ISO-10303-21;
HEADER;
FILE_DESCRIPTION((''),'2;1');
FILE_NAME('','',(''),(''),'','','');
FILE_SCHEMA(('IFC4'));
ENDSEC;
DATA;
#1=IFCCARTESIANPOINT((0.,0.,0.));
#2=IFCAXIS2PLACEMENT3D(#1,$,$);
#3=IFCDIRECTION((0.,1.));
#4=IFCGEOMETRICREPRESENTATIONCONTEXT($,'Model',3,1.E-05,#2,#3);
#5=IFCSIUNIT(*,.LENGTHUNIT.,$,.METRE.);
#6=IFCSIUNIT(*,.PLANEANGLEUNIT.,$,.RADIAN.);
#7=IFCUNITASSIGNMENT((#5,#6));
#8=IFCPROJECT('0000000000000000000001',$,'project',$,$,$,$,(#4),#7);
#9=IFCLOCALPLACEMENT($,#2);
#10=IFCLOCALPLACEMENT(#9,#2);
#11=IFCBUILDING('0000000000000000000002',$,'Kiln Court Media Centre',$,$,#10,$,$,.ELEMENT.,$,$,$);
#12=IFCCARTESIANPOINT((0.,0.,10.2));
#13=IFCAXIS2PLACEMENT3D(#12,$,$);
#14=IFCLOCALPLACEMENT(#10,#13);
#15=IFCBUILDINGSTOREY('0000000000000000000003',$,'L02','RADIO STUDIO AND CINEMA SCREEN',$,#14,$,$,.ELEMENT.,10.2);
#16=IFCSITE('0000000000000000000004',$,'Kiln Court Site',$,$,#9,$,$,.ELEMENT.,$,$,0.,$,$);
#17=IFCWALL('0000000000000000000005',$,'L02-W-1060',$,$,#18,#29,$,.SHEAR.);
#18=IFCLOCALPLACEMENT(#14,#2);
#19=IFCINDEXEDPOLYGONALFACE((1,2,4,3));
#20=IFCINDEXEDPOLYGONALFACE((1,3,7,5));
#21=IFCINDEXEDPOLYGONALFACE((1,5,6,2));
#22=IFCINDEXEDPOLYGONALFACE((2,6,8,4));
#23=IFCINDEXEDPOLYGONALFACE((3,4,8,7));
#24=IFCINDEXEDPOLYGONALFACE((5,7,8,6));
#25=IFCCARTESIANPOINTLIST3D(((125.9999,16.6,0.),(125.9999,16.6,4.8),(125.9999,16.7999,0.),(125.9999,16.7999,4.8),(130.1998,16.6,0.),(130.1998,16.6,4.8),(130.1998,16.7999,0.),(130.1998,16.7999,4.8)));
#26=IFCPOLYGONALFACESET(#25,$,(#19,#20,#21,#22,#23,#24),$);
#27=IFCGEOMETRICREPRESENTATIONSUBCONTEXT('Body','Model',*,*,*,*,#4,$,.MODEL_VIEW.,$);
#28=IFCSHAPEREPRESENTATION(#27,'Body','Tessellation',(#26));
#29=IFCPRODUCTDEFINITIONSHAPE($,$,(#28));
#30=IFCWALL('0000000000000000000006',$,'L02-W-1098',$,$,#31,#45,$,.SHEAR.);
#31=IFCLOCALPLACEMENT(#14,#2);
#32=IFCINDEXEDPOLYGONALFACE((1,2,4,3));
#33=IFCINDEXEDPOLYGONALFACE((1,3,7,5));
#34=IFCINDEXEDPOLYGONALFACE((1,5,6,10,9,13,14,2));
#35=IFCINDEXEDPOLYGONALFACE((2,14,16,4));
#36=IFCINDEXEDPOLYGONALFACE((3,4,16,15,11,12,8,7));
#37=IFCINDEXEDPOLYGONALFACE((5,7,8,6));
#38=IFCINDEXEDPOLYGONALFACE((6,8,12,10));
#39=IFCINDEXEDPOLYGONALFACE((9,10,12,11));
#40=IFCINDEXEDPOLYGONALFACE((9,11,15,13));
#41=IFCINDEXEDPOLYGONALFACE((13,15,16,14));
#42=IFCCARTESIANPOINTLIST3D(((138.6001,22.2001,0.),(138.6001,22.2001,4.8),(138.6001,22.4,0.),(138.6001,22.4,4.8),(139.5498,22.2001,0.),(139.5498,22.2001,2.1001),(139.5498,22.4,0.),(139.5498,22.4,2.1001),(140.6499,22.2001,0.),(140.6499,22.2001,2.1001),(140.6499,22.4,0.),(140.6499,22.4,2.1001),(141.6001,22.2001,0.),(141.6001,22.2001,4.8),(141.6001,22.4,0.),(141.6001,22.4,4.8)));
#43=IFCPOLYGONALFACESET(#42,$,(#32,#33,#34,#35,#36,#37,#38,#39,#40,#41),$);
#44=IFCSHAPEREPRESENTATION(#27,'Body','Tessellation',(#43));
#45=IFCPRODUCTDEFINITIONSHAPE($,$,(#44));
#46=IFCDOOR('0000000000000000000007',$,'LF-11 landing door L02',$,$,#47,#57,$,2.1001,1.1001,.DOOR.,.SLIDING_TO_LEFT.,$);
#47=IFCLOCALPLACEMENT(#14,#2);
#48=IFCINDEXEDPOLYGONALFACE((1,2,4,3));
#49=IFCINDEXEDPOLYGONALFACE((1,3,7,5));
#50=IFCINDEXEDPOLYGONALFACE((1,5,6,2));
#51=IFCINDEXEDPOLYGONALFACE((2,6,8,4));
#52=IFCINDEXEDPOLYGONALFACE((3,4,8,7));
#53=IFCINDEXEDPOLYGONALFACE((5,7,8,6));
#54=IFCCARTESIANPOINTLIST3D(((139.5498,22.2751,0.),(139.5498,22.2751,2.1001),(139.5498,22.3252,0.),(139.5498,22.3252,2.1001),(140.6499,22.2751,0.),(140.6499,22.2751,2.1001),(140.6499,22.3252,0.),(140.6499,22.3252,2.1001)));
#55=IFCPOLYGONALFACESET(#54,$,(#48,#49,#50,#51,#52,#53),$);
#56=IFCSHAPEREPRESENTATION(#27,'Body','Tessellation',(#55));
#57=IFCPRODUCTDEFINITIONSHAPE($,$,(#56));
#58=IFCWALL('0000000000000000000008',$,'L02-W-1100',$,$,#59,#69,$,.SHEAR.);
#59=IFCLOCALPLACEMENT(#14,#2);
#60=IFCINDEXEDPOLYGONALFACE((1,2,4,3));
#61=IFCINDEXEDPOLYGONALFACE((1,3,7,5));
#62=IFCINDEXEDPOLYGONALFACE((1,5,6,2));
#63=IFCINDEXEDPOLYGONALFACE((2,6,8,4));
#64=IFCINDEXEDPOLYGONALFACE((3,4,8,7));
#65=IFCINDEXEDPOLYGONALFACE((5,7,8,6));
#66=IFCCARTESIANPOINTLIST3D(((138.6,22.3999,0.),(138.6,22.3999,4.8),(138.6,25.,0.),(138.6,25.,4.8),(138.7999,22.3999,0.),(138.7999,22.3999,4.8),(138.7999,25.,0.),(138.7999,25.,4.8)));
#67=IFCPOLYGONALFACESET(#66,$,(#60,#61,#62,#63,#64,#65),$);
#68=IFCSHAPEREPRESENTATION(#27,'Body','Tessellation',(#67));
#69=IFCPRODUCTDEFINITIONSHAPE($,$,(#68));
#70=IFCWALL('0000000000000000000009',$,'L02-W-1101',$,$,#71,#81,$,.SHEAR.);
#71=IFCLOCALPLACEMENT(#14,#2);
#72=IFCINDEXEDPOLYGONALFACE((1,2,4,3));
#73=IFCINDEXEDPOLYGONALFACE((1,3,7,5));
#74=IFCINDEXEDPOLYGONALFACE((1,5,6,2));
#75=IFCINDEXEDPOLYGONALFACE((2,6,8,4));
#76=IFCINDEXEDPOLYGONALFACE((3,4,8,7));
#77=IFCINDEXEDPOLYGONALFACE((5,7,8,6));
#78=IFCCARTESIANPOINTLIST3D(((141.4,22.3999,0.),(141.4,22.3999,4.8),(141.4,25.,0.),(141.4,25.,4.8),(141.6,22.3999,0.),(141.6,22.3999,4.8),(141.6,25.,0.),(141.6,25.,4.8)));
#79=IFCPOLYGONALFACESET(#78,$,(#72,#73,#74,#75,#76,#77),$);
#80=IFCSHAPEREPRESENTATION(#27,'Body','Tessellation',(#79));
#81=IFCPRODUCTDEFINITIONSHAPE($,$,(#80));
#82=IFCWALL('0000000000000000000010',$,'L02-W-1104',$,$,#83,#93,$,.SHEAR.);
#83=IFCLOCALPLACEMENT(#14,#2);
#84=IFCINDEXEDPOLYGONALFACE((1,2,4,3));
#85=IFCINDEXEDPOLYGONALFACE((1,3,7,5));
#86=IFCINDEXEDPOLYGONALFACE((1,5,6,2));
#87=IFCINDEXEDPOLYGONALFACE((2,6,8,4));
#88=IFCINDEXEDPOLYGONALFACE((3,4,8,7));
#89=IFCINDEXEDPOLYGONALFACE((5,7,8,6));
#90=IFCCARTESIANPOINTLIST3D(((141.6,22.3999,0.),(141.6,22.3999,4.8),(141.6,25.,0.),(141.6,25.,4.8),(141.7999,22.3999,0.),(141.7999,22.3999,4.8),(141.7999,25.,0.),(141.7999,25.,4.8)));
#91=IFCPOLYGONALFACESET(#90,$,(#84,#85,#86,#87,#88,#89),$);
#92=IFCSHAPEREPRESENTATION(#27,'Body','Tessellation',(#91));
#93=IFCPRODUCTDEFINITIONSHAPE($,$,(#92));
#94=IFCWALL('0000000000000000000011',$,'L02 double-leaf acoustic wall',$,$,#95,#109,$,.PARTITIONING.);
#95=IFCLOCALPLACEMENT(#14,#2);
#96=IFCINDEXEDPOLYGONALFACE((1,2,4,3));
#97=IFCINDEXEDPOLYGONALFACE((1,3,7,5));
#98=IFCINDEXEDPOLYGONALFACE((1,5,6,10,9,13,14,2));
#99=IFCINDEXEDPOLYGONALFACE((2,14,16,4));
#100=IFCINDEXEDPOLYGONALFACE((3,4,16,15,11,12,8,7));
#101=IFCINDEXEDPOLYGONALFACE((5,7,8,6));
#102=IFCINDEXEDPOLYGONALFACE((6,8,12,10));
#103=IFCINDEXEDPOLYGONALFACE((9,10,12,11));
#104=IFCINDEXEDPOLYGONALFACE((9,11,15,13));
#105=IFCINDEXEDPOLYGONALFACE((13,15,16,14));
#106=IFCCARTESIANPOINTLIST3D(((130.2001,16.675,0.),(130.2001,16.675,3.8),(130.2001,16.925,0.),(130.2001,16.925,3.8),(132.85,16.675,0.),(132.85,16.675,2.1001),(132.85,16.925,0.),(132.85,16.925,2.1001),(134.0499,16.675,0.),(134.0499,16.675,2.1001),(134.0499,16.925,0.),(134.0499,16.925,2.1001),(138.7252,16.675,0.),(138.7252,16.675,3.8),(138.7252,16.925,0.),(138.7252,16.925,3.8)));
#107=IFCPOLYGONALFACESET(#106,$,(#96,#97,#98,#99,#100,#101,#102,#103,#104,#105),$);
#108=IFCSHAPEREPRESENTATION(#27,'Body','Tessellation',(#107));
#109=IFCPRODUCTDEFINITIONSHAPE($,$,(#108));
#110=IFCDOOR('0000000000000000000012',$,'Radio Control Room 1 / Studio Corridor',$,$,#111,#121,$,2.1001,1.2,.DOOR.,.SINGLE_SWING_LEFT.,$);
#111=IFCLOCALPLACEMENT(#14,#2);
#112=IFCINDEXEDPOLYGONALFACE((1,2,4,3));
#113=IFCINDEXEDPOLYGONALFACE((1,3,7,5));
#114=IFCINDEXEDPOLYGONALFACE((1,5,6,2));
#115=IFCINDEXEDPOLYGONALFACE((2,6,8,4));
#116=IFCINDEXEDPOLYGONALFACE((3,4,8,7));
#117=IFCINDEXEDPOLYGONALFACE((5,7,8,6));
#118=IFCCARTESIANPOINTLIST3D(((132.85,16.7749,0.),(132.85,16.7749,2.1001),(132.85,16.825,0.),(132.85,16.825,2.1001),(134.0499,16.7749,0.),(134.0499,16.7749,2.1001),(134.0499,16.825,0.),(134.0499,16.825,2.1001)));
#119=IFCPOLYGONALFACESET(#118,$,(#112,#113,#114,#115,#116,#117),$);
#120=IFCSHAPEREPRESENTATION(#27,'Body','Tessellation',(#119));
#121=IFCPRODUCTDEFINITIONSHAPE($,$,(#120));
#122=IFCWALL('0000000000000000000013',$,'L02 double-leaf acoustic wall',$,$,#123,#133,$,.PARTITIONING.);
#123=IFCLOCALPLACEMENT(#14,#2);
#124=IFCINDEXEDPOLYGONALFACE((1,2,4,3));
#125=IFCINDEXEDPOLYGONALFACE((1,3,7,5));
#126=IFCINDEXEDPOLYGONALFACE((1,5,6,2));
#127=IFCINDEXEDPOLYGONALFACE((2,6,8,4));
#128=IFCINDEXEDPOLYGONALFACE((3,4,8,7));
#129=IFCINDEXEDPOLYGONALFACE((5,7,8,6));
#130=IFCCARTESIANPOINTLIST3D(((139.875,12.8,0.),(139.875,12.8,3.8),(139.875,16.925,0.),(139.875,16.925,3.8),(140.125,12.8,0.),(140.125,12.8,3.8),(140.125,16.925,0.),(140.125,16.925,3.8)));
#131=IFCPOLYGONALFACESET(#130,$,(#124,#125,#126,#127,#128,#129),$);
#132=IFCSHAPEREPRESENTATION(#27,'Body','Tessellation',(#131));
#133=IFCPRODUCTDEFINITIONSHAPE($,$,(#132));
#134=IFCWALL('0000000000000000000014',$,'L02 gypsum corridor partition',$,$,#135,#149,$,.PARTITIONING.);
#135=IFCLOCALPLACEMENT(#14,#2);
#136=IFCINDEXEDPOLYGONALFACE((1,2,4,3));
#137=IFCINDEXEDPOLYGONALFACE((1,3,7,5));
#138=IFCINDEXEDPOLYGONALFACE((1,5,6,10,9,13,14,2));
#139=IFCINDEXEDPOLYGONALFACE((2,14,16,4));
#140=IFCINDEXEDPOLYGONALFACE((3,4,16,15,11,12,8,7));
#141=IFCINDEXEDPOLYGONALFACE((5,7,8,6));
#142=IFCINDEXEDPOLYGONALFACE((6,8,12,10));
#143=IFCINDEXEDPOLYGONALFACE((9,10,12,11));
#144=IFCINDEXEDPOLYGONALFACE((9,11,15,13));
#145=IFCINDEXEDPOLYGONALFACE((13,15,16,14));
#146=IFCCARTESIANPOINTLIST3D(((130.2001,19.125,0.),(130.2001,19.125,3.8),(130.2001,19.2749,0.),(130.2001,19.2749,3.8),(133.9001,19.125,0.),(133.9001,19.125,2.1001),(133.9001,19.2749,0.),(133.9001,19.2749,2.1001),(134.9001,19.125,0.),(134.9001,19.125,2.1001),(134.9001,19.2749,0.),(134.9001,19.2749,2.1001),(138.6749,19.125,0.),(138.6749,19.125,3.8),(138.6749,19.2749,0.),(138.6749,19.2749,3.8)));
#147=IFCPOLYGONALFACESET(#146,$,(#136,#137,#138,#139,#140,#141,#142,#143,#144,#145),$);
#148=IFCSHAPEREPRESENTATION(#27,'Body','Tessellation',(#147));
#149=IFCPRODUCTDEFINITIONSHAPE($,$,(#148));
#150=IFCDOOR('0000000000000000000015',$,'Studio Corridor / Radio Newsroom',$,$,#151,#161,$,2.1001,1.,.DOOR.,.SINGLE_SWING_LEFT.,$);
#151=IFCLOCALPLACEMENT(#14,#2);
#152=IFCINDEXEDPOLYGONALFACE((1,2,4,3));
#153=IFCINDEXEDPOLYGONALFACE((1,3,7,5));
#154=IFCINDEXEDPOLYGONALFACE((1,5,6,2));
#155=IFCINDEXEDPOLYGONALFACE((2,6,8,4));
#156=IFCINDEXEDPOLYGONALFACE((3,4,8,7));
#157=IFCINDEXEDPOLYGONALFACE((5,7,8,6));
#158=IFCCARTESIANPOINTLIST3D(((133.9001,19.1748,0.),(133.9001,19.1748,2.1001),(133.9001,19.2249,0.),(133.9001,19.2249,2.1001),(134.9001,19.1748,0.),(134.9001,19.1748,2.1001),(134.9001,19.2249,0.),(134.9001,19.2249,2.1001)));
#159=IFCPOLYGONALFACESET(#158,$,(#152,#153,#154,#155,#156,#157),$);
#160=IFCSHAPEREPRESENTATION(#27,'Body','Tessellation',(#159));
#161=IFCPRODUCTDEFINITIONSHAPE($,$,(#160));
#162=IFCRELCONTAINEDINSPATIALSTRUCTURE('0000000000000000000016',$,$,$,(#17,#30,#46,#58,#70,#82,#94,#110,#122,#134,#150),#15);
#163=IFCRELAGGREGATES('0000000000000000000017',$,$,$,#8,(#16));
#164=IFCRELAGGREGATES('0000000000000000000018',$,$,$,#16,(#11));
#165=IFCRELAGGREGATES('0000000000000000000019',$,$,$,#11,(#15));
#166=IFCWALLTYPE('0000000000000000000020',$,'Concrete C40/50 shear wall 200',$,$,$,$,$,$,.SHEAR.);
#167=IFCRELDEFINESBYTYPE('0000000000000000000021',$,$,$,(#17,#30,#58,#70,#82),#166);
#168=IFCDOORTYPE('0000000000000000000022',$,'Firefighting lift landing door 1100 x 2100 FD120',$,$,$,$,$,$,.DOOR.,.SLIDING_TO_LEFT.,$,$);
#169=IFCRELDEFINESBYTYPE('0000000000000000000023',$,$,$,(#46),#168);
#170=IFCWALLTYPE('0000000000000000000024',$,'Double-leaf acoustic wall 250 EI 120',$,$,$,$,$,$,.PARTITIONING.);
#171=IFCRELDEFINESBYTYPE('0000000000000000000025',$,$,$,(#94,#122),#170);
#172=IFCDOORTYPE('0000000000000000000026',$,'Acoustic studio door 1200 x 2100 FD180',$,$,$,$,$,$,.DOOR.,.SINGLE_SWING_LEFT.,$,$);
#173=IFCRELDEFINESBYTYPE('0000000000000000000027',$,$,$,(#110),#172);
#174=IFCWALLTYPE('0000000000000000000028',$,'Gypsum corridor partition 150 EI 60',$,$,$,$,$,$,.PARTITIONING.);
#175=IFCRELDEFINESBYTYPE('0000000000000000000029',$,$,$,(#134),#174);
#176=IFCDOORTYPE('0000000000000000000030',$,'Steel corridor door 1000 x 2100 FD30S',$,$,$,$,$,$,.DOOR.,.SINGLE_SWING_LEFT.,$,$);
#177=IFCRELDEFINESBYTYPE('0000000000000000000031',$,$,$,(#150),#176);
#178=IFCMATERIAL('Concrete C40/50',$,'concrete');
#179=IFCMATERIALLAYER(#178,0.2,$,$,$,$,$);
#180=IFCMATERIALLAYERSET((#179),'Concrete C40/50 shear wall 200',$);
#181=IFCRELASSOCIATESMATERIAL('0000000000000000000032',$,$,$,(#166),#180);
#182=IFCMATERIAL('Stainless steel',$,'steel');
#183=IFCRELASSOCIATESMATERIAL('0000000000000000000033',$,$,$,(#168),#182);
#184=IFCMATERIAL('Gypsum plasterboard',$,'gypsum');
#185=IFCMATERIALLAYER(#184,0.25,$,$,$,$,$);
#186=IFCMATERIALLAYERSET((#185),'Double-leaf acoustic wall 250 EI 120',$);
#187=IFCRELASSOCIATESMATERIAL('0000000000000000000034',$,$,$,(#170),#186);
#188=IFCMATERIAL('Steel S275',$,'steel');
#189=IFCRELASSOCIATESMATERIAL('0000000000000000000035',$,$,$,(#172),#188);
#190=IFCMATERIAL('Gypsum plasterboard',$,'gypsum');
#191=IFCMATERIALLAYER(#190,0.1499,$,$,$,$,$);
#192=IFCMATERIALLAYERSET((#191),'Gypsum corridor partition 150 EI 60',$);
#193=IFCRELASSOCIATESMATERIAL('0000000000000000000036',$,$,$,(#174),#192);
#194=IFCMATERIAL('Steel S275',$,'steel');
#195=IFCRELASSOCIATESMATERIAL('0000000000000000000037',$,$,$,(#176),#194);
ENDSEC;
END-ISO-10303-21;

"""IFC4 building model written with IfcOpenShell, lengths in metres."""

from ifc_helpers import new_model, si_unit, direction, frame, frame_2d, origin, place, context, subcontext, project, spatial, rectangle, extrude, material, layer, layer_set, type_object, element, fill, save


model = new_model("IFC4")

# Units and contexts
model_context = context("Model", 3, precision=1e-05, world=origin(), true_north=direction((0.0, 1.0)))
body_context = subcontext(model_context, "Body", "Model", "MODEL_VIEW")
ifc_project = project(units=[si_unit("LENGTHUNIT", "METRE"), si_unit("PLANEANGLEUNIT", "RADIAN")], contexts=[model_context])

# Site, building, storey
site_placement = place(None, origin())
site = spatial("IfcSite", under=ifc_project, at=site_placement, Name="Kiln Court Site", CompositionType="ELEMENT", RefElevation=0.0)
building_placement = place(site_placement, origin())
building = spatial("IfcBuilding", under=site, at=building_placement, Name="Kiln Court Media Centre", CompositionType="ELEMENT")
storey_placement = place(building_placement, frame((0.0, 0.0, 10.2)))
storey = spatial("IfcBuildingStorey", under=building, at=storey_placement, Name="L02", Description="RADIO STUDIO AND CINEMA SCREEN", CompositionType="ELEMENT", Elevation=10.2)

# Wall
ifc_material_1 = material(Name="Concrete C40/50", Category="concrete")
ifc_layer_1 = layer(ifc_material_1, 0.2)
ifc_layer_set_1 = layer_set([ifc_layer_1], Name="Concrete C40/50 shear wall 200")
wall_type_1 = type_object("IfcWallType", Name="Concrete C40/50 shear wall 200", PredefinedType="SHEAR", material=ifc_layer_set_1)
wall_1_placement = place(storey_placement, frame((130.2, 16.7, 0.0), z_axis=(0.0, 0.0, 1.0), x_axis=(-1.0, 0.0, 0.0)))
element("IfcWall", 1, at=wall_1_placement, inside=storey, type_object=wall_type_1, Name="L02-W-1060", PredefinedType="SHEAR", context=body_context, shape_type="SweptSolid", body=[
    extrude(rectangle(XDim=4.2, YDim=0.2, at=frame_2d((2.1001, 0.0))), origin(), (0.0, 0.0, 1.0), 4.8),
])

# Wall, opening, door
wall_2_placement = place(storey_placement, frame((141.6001, 22.3, 0.0), z_axis=(0.0, 0.0, 1.0), x_axis=(-1.0, 0.0, 0.0)))
wall_2 = element("IfcWall", 2, at=wall_2_placement, inside=storey, type_object=wall_type_1, Name="L02-W-1098", PredefinedType="SHEAR", context=body_context, shape_type="SweptSolid", body=[
    extrude(rectangle(XDim=3.0, YDim=0.2, at=frame_2d((1.5, 0.0))), origin(), (0.0, 0.0, 1.0), 4.8),
])
opening_1_placement = place(wall_2_placement, frame((0.9502, 0.0, 0.0)))
opening_1 = element("IfcOpeningElement", 3, at=opening_1_placement, cuts=wall_2, PredefinedType="OPENING", context=body_context, shape_type="SweptSolid", body=[
    extrude(rectangle(XDim=1.1001, YDim=2.1001, at=frame_2d((0.55, 1.05))), frame((0.0, 0.1099, 0.0), z_axis=(0.0, -1.0, 0.0), x_axis=(1.0, 0.0, 0.0)), (0.0, 0.0, 1.0), 0.22),
])
ifc_material_2 = material(Name="Stainless steel", Category="steel")
door_type_1 = type_object("IfcDoorType", Name="Firefighting lift landing door 1100 x 2100 FD120", OperationType="SLIDING_TO_LEFT", PredefinedType="DOOR", material=ifc_material_2)
door_1_placement = place(opening_1_placement, origin())
door_1 = element("IfcDoor", 4, at=door_1_placement, inside=storey, type_object=door_type_1, Name="LF-11 landing door L02", OperationType="SLIDING_TO_LEFT", OverallHeight=2.1001, OverallWidth=1.1001, PredefinedType="DOOR", context=body_context, shape_type="SweptSolid", body=[
    extrude(rectangle(XDim=1.1001, YDim=2.1001, at=frame_2d((0.55, 1.05))), frame((0.0, 0.0249, 0.0), z_axis=(0.0, -1.0, 0.0), x_axis=(1.0, 0.0, 0.0)), (0.0, 0.0, 1.0), 0.05),
])
fill(opening_1, door_1)

# Walls
for number, where, z_axis, x_axis, name in (
    (5, (138.7, 22.3999, 0.0), (0.0, 0.0, 1.0), (0.0, 1.0, 0.0), "L02-W-1100"),
    (6, (141.5, 25.0, 0.0), (0.0, 0.0, 1.0), (0.0, -1.0, 0.0), "L02-W-1101"),
    (7, (141.7, 22.3999, 0.0), (0.0, 0.0, 1.0), (0.0, 1.0, 0.0), "L02-W-1104"),
):
    element("IfcWall", number, at=place(storey_placement, frame(where, z_axis=z_axis, x_axis=x_axis)), inside=storey, type_object=wall_type_1, Name=name, PredefinedType="SHEAR", context=body_context, shape_type="SweptSolid", body=[
        extrude(rectangle(XDim=2.6001, YDim=0.2, at=frame_2d((1.3, 0.0))), origin(), (0.0, 0.0, 1.0), 4.8),
    ])

# Wall, opening, door
ifc_material_3 = material(Name="Gypsum plasterboard", Category="gypsum")
ifc_layer_2 = layer(ifc_material_3, 0.25)
ifc_layer_set_2 = layer_set([ifc_layer_2], Name="Double-leaf acoustic wall 250 EI 120")
wall_type_2 = type_object("IfcWallType", Name="Double-leaf acoustic wall 250 EI 120", PredefinedType="PARTITIONING", material=ifc_layer_set_2)
wall_3_placement = place(storey_placement, frame((130.2, 16.8, 0.0), z_axis=(0.0, 0.0, 1.0), x_axis=(1.0, 0.0, 0.0)))
wall_3 = element("IfcWall", 8, at=wall_3_placement, inside=storey, type_object=wall_type_2, Name="L02 double-leaf acoustic wall", PredefinedType="PARTITIONING", context=body_context, shape_type="SweptSolid", body=[
    extrude(rectangle(XDim=8.5251, YDim=0.25, at=frame_2d((4.2627, 0.0))), origin(), (0.0, 0.0, 1.0), 3.8),
])
opening_2_placement = place(wall_3_placement, frame((2.6499, 0.0, 0.0)))
opening_2 = element("IfcOpeningElement", 9, at=opening_2_placement, cuts=wall_3, PredefinedType="OPENING", context=body_context, shape_type="SweptSolid", body=[
    extrude(rectangle(XDim=1.2, YDim=2.1001, at=frame_2d((0.6001, 1.05))), frame((0.0, 0.135, 0.0), z_axis=(0.0, -1.0, 0.0), x_axis=(1.0, 0.0, 0.0)), (0.0, 0.0, 1.0), 0.27),
])
ifc_material_4 = material(Name="Steel S275", Category="steel")
door_type_2 = type_object("IfcDoorType", Name="Acoustic studio door 1200 x 2100 FD180", OperationType="SINGLE_SWING_LEFT", PredefinedType="DOOR", material=ifc_material_4)
door_2_placement = place(opening_2_placement, origin())
door_2 = element("IfcDoor", 10, at=door_2_placement, inside=storey, type_object=door_type_2, Name="Radio Control Room 1 / Studio Corridor", OperationType="SINGLE_SWING_LEFT", OverallHeight=2.1001, OverallWidth=1.2, PredefinedType="DOOR", context=body_context, shape_type="SweptSolid", body=[
    extrude(rectangle(XDim=1.2, YDim=2.1001, at=frame_2d((0.6001, 1.05))), frame((0.0, 0.0249, 0.0), z_axis=(0.0, -1.0, 0.0), x_axis=(1.0, 0.0, 0.0)), (0.0, 0.0, 1.0), 0.05),
])
fill(opening_2, door_2)

# Wall
wall_4_placement = place(storey_placement, frame((140.0, 12.8, 0.0), z_axis=(0.0, 0.0, 1.0), x_axis=(0.0, 1.0, 0.0)))
element("IfcWall", 11, at=wall_4_placement, inside=storey, type_object=wall_type_2, Name="L02 double-leaf acoustic wall", PredefinedType="PARTITIONING", context=body_context, shape_type="SweptSolid", body=[
    extrude(rectangle(XDim=4.125, YDim=0.25, at=frame_2d((2.0625, 0.0))), origin(), (0.0, 0.0, 1.0), 3.8),
])

# Wall, opening, door
ifc_material_5 = material(Name="Gypsum plasterboard", Category="gypsum")
ifc_layer_3 = layer(ifc_material_5, 0.1499)
ifc_layer_set_3 = layer_set([ifc_layer_3], Name="Gypsum corridor partition 150 EI 60")
wall_type_3 = type_object("IfcWallType", Name="Gypsum corridor partition 150 EI 60", PredefinedType="PARTITIONING", material=ifc_layer_set_3)
wall_5_placement = place(storey_placement, frame((130.2002, 19.2, 0.0), z_axis=(0.0, 0.0, 1.0), x_axis=(1.0, 0.0, 0.0)))
wall_5 = element("IfcWall", 12, at=wall_5_placement, inside=storey, type_object=wall_type_3, Name="L02 gypsum corridor partition", PredefinedType="PARTITIONING", context=body_context, shape_type="SweptSolid", body=[
    extrude(rectangle(XDim=8.4749, YDim=0.1499, at=frame_2d((4.2373, 0.0))), origin(), (0.0, 0.0, 1.0), 3.8),
])
opening_3_placement = place(wall_5_placement, frame((3.7, 0.0, 0.0)))
opening_3 = element("IfcOpeningElement", 13, at=opening_3_placement, cuts=wall_5, PredefinedType="OPENING", context=body_context, shape_type="SweptSolid", body=[
    extrude(rectangle(XDim=1.0, YDim=2.1001, at=frame_2d((0.5, 1.05))), frame((0.0, 0.085, 0.0), z_axis=(0.0, -1.0, 0.0), x_axis=(1.0, 0.0, 0.0)), (0.0, 0.0, 1.0), 0.1699),
])
ifc_material_6 = material(Name="Steel S275", Category="steel")
door_type_3 = type_object("IfcDoorType", Name="Steel corridor door 1000 x 2100 FD30S", OperationType="SINGLE_SWING_LEFT", PredefinedType="DOOR", material=ifc_material_6)
door_3_placement = place(opening_3_placement, origin())
door_3 = element("IfcDoor", 14, at=door_3_placement, inside=storey, type_object=door_type_3, Name="Studio Corridor / Radio Newsroom", OperationType="SINGLE_SWING_LEFT", OverallHeight=2.1001, OverallWidth=1.0, PredefinedType="DOOR", context=body_context, shape_type="SweptSolid", body=[
    extrude(rectangle(XDim=1.0, YDim=2.1001, at=frame_2d((0.5, 1.05))), frame((0.0, 0.0249, 0.0), z_axis=(0.0, -1.0, 0.0), x_axis=(1.0, 0.0, 0.0)), (0.0, 0.0, 1.0), 0.05),
])
fill(opening_3, door_3)

save(model, "model.ifc")
